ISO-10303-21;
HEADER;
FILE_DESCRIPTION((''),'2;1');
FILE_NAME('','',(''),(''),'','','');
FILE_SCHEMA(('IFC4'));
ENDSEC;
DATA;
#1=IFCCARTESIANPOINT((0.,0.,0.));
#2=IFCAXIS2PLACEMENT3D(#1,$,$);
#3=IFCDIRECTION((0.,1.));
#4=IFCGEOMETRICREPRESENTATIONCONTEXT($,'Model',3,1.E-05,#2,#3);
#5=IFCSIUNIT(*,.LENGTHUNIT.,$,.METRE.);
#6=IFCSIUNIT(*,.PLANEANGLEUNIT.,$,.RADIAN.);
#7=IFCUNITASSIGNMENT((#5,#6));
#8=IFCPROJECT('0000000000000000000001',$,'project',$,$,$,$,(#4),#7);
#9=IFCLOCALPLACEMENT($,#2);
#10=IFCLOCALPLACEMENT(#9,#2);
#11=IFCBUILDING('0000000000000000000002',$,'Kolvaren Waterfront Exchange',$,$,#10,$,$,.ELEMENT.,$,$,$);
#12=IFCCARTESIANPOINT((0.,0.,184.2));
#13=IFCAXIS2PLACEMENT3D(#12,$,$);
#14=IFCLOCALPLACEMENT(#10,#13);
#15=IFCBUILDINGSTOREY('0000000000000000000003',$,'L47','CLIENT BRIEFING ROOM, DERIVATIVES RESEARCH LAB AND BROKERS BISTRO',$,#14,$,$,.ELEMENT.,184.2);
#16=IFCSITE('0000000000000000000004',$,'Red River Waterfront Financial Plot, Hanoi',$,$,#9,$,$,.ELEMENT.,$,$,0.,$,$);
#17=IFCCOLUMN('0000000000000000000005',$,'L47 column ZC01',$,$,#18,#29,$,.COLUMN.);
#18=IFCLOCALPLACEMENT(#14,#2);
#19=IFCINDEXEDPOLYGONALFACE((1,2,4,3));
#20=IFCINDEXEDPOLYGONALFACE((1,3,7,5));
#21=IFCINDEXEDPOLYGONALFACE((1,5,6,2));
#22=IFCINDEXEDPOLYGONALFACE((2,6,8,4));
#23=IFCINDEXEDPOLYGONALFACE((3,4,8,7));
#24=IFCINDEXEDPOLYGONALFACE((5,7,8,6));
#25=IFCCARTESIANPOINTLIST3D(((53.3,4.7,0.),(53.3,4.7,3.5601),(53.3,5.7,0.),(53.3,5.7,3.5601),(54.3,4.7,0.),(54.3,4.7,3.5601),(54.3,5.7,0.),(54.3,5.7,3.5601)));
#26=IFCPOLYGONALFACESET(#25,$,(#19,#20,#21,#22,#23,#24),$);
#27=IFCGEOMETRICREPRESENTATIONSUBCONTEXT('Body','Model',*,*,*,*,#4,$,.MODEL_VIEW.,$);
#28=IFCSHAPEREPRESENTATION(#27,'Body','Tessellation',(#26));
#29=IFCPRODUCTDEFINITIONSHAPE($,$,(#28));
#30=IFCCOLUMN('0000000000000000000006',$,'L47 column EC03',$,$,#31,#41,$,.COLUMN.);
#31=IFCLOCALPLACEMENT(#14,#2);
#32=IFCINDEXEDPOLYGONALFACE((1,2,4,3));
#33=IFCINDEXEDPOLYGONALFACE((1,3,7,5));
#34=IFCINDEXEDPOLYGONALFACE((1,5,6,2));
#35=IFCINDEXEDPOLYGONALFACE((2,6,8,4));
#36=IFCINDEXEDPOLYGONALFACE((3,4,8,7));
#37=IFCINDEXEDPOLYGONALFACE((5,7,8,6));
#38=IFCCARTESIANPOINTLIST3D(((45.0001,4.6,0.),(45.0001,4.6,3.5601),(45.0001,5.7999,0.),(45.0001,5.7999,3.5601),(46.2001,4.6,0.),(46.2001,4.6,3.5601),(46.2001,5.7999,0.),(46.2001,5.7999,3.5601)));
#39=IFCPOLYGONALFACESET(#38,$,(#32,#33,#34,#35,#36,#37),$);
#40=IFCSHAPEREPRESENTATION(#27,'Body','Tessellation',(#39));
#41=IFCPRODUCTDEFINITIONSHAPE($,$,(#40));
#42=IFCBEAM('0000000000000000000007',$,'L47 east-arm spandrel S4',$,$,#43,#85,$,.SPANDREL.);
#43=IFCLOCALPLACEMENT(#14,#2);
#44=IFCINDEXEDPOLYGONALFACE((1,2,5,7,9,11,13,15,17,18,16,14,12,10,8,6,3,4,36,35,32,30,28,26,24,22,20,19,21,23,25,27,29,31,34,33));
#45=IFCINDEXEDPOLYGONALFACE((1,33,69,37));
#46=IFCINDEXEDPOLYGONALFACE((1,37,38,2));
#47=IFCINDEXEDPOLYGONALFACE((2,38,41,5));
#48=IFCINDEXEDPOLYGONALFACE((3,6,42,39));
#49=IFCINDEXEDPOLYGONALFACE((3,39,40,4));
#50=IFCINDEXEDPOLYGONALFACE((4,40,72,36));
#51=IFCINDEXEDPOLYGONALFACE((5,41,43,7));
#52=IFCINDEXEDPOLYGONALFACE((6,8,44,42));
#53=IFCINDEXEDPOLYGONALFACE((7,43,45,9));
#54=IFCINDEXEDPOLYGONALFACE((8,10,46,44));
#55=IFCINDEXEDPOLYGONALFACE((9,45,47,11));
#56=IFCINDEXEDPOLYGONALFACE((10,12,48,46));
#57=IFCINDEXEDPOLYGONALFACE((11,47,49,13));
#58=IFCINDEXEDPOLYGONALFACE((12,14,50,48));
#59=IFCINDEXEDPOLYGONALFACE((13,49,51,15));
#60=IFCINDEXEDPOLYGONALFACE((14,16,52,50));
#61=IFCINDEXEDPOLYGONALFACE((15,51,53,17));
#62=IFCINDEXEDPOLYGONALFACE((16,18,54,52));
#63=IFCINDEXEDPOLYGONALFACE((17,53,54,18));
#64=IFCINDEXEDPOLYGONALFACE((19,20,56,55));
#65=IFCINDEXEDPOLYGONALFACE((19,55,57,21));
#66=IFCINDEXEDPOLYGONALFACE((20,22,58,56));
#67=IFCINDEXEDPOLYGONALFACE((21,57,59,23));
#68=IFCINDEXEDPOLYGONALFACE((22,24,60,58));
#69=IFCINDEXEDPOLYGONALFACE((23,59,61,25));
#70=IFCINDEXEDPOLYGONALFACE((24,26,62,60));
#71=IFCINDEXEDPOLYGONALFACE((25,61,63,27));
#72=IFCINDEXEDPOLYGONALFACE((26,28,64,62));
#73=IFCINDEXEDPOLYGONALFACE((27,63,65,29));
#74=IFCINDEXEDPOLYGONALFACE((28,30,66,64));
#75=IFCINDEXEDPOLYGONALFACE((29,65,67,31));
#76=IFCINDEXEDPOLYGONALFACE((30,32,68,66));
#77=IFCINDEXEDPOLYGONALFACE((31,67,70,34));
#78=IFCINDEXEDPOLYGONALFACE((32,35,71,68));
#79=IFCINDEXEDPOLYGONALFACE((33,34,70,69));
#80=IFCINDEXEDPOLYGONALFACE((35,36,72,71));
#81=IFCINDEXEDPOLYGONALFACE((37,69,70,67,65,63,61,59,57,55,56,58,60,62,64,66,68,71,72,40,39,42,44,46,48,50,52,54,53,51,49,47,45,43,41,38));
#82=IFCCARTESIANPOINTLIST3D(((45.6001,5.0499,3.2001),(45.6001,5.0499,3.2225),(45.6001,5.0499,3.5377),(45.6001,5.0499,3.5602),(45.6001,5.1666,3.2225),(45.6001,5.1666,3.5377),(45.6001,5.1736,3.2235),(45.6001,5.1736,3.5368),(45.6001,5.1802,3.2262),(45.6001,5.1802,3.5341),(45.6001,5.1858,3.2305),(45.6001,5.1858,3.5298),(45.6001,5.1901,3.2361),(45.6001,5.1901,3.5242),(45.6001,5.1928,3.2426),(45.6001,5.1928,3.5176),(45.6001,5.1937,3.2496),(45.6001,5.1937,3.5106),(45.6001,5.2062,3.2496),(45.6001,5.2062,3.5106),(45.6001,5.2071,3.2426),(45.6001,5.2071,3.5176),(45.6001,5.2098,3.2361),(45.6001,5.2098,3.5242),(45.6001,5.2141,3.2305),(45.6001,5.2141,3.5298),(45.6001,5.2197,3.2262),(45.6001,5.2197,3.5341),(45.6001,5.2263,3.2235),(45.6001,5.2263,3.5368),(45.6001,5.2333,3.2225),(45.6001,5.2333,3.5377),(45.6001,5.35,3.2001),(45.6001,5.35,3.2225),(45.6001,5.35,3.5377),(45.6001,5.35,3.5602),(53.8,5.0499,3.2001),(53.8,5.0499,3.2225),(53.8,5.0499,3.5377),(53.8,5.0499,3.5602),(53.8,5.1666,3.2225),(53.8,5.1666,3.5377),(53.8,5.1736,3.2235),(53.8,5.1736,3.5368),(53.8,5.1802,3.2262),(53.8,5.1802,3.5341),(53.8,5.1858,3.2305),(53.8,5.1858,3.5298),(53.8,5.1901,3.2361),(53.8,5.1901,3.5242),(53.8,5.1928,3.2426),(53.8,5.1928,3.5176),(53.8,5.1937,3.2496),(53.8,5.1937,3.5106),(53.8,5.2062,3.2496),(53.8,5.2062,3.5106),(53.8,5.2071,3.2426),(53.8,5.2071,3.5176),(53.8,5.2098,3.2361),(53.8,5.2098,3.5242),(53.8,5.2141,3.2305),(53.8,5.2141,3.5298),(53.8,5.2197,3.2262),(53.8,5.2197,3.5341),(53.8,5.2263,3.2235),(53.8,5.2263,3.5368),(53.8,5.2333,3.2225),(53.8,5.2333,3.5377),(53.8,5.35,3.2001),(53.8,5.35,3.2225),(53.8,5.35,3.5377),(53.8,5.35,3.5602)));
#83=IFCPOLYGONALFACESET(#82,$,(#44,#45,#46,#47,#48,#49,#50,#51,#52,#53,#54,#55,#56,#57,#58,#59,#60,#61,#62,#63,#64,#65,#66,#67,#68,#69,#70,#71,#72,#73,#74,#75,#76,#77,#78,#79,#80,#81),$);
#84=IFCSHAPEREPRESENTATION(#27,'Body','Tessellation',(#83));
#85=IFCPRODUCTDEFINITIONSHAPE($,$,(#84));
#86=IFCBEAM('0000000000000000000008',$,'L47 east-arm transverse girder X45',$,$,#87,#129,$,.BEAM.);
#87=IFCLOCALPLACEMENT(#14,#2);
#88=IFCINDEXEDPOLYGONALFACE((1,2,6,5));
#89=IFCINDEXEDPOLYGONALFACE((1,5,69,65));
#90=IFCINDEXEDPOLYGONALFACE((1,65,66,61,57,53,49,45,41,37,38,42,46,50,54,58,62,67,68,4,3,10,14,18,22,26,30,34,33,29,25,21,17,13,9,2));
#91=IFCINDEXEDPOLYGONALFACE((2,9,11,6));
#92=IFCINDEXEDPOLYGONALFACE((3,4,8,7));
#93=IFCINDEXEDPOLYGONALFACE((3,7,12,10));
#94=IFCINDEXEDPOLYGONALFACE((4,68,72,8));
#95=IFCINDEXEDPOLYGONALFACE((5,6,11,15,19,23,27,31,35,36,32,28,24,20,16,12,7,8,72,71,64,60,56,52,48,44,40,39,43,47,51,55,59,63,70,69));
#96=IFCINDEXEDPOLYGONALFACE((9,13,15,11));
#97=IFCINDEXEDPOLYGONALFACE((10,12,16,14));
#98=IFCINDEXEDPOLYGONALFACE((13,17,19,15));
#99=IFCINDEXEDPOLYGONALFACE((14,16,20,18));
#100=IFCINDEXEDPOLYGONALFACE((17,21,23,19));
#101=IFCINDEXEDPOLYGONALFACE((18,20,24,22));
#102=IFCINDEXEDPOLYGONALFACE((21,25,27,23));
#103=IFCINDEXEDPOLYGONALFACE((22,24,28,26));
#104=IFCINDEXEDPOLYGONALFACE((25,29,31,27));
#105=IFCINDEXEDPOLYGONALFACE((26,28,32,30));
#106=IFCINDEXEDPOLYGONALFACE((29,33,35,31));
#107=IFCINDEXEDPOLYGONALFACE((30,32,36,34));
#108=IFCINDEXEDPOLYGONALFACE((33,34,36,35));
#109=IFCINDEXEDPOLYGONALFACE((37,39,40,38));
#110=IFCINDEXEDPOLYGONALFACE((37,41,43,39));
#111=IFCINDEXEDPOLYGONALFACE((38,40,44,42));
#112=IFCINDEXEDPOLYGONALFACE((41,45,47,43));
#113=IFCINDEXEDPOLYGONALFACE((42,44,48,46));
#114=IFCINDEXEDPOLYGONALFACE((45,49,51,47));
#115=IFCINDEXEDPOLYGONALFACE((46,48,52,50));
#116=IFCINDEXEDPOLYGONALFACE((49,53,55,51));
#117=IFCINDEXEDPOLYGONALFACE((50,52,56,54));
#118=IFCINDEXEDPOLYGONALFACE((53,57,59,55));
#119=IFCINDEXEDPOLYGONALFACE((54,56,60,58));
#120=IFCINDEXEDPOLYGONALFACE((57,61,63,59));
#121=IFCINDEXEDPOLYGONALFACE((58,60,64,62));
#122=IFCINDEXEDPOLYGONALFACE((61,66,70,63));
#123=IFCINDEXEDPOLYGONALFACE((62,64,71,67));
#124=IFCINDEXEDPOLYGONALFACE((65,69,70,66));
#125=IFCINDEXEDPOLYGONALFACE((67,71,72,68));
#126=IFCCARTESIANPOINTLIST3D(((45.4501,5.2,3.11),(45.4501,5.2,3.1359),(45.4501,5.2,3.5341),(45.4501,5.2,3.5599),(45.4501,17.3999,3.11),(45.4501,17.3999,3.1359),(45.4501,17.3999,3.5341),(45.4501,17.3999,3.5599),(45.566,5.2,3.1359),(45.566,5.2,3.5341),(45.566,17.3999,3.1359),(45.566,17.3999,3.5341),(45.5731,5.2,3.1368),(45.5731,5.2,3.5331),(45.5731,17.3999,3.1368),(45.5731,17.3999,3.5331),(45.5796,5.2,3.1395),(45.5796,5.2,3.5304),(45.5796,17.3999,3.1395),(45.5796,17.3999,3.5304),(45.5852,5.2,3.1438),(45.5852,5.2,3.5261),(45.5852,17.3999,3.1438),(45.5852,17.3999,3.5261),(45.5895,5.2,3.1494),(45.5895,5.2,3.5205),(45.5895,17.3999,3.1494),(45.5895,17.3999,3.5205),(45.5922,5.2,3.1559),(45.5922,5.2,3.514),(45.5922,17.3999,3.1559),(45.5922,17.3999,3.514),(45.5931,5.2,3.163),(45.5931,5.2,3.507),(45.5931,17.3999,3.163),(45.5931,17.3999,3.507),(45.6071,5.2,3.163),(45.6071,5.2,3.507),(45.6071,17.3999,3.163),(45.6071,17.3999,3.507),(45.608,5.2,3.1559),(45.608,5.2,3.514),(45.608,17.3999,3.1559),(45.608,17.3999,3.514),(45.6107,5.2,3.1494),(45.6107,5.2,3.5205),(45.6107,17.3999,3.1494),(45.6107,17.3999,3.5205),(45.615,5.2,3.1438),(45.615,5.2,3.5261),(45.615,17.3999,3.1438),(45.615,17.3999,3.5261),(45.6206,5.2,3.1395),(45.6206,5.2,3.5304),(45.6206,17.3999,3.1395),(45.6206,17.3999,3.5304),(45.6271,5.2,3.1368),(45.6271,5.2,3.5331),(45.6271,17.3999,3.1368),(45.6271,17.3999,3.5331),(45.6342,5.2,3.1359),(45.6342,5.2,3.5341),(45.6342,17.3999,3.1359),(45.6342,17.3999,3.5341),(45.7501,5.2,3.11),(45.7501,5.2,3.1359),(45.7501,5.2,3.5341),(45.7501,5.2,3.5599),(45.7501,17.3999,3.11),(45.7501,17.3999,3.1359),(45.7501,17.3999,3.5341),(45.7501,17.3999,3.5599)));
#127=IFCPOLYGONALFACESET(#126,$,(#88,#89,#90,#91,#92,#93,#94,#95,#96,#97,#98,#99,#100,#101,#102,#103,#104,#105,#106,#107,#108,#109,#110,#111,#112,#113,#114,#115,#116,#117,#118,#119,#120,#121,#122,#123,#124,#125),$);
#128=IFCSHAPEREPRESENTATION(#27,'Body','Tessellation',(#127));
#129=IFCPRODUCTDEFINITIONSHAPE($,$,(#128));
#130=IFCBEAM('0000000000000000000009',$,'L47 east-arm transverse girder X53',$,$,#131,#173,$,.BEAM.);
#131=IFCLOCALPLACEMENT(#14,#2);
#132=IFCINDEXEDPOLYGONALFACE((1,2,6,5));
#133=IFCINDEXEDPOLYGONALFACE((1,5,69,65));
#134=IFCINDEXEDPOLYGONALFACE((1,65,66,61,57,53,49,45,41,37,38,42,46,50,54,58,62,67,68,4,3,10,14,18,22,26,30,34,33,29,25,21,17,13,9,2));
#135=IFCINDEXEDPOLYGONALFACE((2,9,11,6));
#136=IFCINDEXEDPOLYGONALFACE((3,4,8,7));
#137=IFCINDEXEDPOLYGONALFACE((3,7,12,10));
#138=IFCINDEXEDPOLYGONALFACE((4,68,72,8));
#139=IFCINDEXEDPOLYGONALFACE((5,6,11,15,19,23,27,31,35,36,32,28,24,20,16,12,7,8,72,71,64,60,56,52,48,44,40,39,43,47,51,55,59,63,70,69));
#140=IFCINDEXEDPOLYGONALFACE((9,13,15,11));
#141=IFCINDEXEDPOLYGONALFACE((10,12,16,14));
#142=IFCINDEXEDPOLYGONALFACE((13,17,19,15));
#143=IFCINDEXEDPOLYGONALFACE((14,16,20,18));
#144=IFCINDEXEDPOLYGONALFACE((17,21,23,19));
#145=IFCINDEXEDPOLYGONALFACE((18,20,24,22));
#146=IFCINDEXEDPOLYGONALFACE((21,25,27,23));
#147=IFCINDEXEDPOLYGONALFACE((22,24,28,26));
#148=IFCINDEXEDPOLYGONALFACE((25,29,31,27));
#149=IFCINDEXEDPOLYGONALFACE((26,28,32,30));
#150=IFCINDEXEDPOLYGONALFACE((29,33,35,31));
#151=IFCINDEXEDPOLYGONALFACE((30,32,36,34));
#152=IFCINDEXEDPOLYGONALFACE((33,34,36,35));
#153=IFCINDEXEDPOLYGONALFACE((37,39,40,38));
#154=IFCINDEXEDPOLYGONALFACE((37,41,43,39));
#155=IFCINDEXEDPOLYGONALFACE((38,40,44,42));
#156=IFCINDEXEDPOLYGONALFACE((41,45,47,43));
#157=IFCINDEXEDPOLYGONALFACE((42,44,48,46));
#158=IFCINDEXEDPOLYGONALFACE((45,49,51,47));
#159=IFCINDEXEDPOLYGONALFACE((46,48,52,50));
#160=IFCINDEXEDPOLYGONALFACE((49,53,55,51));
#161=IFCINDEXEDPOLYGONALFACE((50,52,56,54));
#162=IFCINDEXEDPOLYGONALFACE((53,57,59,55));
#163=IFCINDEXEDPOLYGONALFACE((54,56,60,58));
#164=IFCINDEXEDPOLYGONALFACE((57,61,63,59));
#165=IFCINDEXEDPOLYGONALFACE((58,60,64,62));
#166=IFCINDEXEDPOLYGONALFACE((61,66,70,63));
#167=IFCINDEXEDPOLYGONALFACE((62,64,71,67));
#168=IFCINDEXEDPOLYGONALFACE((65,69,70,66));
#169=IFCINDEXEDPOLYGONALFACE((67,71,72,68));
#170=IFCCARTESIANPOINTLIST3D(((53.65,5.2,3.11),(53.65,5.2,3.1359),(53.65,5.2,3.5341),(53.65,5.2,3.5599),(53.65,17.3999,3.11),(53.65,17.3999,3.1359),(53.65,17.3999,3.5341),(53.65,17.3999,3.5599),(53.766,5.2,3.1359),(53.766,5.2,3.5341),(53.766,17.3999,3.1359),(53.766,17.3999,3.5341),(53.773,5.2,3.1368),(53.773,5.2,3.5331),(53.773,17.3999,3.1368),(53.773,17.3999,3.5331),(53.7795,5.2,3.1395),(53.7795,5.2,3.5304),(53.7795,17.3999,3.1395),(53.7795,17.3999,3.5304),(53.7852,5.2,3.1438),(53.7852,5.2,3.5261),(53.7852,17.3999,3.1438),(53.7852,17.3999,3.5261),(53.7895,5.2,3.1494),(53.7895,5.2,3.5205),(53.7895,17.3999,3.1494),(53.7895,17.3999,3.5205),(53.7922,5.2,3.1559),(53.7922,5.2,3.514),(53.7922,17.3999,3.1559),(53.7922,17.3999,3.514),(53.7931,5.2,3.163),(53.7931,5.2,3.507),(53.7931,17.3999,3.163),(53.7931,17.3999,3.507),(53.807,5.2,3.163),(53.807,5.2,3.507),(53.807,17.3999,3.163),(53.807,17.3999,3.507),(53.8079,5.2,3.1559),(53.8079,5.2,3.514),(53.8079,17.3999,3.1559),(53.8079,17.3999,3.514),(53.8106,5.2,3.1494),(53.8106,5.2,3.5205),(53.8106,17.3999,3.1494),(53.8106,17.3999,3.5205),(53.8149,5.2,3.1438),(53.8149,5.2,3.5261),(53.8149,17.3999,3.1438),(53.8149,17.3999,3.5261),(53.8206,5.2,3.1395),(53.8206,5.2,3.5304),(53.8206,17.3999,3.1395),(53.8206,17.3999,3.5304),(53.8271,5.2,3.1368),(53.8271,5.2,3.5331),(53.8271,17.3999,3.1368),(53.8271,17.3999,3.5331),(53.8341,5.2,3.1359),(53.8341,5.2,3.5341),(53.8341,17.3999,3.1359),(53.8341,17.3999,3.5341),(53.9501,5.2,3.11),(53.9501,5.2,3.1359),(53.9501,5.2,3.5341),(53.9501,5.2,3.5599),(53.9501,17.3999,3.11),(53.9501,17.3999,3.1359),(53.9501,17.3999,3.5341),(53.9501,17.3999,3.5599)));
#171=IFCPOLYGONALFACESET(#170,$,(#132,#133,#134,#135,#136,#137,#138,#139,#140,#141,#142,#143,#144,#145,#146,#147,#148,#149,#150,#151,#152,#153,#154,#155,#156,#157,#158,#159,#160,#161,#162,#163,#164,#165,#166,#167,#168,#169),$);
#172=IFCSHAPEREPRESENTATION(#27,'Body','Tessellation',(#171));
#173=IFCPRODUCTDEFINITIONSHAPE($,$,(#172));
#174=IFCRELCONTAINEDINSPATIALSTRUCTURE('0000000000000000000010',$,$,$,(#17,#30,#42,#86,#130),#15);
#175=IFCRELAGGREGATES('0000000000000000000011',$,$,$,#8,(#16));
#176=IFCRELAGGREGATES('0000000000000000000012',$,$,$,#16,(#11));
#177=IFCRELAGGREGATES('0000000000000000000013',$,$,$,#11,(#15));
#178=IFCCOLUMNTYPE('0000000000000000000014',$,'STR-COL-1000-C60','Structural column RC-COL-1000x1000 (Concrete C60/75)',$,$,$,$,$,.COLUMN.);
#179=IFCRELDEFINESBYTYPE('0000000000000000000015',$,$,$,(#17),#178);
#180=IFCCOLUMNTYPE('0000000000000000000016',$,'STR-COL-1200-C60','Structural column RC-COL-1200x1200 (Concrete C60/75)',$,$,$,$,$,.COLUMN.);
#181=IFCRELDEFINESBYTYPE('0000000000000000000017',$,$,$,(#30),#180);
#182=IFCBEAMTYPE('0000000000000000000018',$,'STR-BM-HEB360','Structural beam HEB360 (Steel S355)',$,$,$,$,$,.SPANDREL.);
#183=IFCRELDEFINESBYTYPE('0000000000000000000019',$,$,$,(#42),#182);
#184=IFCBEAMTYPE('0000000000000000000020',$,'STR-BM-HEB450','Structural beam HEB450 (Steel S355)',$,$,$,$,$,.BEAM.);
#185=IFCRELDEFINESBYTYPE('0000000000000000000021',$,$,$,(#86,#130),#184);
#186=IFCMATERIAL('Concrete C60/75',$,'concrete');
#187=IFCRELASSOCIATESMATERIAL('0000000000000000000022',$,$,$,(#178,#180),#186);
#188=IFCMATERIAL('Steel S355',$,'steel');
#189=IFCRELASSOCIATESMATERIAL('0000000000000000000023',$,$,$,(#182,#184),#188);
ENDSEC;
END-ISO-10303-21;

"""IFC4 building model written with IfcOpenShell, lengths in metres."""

from ifc_helpers import new_model, si_unit, direction, frame, origin, origin_2d, place, context, subcontext, project, spatial, rectangle, i_section, extrude, material, material_profile, profile_set, type_object, element, save


model = new_model("IFC4")

# Units and contexts
model_context = context("Model", 3, precision=1e-05, world=origin(), true_north=direction((0.0, 1.0)))
body_context = subcontext(model_context, "Body", "Model", "MODEL_VIEW")
ifc_project = project(units=[si_unit("LENGTHUNIT", "METRE"), si_unit("PLANEANGLEUNIT", "RADIAN")], contexts=[model_context])

# Site, building, storey
site_placement = place(None, origin())
site = spatial("IfcSite", under=ifc_project, at=site_placement, Name="Red River Waterfront Financial Plot, Hanoi", CompositionType="ELEMENT", RefElevation=0.0)
building_placement = place(site_placement, origin())
building = spatial("IfcBuilding", under=site, at=building_placement, Name="Kolvaren Waterfront Exchange", CompositionType="ELEMENT")
storey_placement = place(building_placement, frame((0.0, 0.0, 184.2)))
storey = spatial("IfcBuildingStorey", under=building, at=storey_placement, Name="L47", Description="CLIENT BRIEFING ROOM, DERIVATIVES RESEARCH LAB AND BROKERS BISTRO", CompositionType="ELEMENT", Elevation=184.2)

# Columns
ifc_material_1 = material(Name="Concrete C60/75", Category="concrete")
ifc_material_profile_1 = material_profile(ifc_material_1, rectangle(XDim=1.0, YDim=1.0, at=origin_2d()), Name="RC-COL-1000x1000")
ifc_profile_set_1 = profile_set([ifc_material_profile_1], Name="Concrete C60/75")
column_type_1 = type_object("IfcColumnType", Name="STR-COL-1000-C60", Description="Structural column RC-COL-1000x1000 (Concrete C60/75)", PredefinedType="COLUMN", material=ifc_profile_set_1)
column_1_placement = place(storey_placement, frame((53.8, 5.2, 0.0), z_axis=(0.0, 0.0, 1.0), x_axis=(1.0, 0.0, 0.0)))
element("IfcColumn", 1, at=column_1_placement, inside=storey, type_object=column_type_1, Name="L47 column ZC01", PredefinedType="COLUMN", context=body_context, shape_type="SweptSolid", body=[
    extrude(rectangle(XDim=1.0, YDim=1.0, at=origin_2d()), origin(), (0.0, 0.0, 1.0), 3.5601),
])
ifc_material_profile_2 = material_profile(ifc_material_1, rectangle(XDim=1.2, YDim=1.2, at=origin_2d()), Name="RC-COL-1200x1200")
ifc_profile_set_2 = profile_set([ifc_material_profile_2], Name="Concrete C60/75")
column_type_2 = type_object("IfcColumnType", Name="STR-COL-1200-C60", Description="Structural column RC-COL-1200x1200 (Concrete C60/75)", PredefinedType="COLUMN", material=ifc_profile_set_2)
column_2_placement = place(storey_placement, frame((45.6001, 5.2, 0.0), z_axis=(0.0, 0.0, 1.0), x_axis=(1.0, 0.0, 0.0)))
element("IfcColumn", 2, at=column_2_placement, inside=storey, type_object=column_type_2, Name="L47 column EC03", PredefinedType="COLUMN", context=body_context, shape_type="SweptSolid", body=[
    extrude(rectangle(XDim=1.2, YDim=1.2, at=origin_2d()), origin(), (0.0, 0.0, 1.0), 3.5601),
])

# Beams
ifc_material_2 = material(Name="Steel S355", Category="steel")
ifc_material_profile_3 = material_profile(ifc_material_2, i_section(OverallWidth=0.3, OverallDepth=0.3601, WebThickness=0.0125, FlangeThickness=0.0225, FilletRadius=0.0271, at=origin_2d()), Name="HEB360")
ifc_profile_set_3 = profile_set([ifc_material_profile_3], Name="Steel S355")
beam_type_1 = type_object("IfcBeamType", Name="STR-BM-HEB360", Description="Structural beam HEB360 (Steel S355)", PredefinedType="SPANDREL", material=ifc_profile_set_3)
beam_1_placement = place(storey_placement, frame((45.6001, 5.2, 3.3801), z_axis=(1.0, 0.0, 0.0), x_axis=(0.0, 1.0, 0.0)))
element("IfcBeam", 3, at=beam_1_placement, inside=storey, type_object=beam_type_1, Name="L47 east-arm spandrel S4", PredefinedType="SPANDREL", context=body_context, shape_type="SweptSolid", body=[
    extrude(i_section(OverallWidth=0.3, OverallDepth=0.3601, WebThickness=0.0125, FlangeThickness=0.0225, FilletRadius=0.0271, at=origin_2d()), origin(), (0.0, 0.0, 1.0), 8.2),
])
ifc_material_profile_4 = material_profile(ifc_material_2, i_section(OverallWidth=0.3, OverallDepth=0.45, WebThickness=0.0139, FlangeThickness=0.0259, FilletRadius=0.0271, at=origin_2d()), Name="HEB450")
ifc_profile_set_4 = profile_set([ifc_material_profile_4], Name="Steel S355")
beam_type_2 = type_object("IfcBeamType", Name="STR-BM-HEB450", Description="Structural beam HEB450 (Steel S355)", PredefinedType="BEAM", material=ifc_profile_set_4)
for number, where, z_axis, x_axis, name in (
    (4, (45.6001, 5.2, 3.335), (0.0, 1.0, 0.0), (-1.0, 0.0, 0.0), "L47 east-arm transverse girder X45"),
    (5, (53.8, 5.2, 3.335), (0.0, 1.0, 0.0), (-1.0, 0.0, 0.0), "L47 east-arm transverse girder X53"),
):
    element("IfcBeam", number, at=place(storey_placement, frame(where, z_axis=z_axis, x_axis=x_axis)), inside=storey, type_object=beam_type_2, Name=name, PredefinedType="BEAM", context=body_context, shape_type="SweptSolid", body=[
        extrude(i_section(OverallWidth=0.3, OverallDepth=0.45, WebThickness=0.0139, FlangeThickness=0.0259, FilletRadius=0.0271, at=origin_2d()), origin(), (0.0, 0.0, 1.0), 12.2),
    ])

save(model, "model.ifc")
